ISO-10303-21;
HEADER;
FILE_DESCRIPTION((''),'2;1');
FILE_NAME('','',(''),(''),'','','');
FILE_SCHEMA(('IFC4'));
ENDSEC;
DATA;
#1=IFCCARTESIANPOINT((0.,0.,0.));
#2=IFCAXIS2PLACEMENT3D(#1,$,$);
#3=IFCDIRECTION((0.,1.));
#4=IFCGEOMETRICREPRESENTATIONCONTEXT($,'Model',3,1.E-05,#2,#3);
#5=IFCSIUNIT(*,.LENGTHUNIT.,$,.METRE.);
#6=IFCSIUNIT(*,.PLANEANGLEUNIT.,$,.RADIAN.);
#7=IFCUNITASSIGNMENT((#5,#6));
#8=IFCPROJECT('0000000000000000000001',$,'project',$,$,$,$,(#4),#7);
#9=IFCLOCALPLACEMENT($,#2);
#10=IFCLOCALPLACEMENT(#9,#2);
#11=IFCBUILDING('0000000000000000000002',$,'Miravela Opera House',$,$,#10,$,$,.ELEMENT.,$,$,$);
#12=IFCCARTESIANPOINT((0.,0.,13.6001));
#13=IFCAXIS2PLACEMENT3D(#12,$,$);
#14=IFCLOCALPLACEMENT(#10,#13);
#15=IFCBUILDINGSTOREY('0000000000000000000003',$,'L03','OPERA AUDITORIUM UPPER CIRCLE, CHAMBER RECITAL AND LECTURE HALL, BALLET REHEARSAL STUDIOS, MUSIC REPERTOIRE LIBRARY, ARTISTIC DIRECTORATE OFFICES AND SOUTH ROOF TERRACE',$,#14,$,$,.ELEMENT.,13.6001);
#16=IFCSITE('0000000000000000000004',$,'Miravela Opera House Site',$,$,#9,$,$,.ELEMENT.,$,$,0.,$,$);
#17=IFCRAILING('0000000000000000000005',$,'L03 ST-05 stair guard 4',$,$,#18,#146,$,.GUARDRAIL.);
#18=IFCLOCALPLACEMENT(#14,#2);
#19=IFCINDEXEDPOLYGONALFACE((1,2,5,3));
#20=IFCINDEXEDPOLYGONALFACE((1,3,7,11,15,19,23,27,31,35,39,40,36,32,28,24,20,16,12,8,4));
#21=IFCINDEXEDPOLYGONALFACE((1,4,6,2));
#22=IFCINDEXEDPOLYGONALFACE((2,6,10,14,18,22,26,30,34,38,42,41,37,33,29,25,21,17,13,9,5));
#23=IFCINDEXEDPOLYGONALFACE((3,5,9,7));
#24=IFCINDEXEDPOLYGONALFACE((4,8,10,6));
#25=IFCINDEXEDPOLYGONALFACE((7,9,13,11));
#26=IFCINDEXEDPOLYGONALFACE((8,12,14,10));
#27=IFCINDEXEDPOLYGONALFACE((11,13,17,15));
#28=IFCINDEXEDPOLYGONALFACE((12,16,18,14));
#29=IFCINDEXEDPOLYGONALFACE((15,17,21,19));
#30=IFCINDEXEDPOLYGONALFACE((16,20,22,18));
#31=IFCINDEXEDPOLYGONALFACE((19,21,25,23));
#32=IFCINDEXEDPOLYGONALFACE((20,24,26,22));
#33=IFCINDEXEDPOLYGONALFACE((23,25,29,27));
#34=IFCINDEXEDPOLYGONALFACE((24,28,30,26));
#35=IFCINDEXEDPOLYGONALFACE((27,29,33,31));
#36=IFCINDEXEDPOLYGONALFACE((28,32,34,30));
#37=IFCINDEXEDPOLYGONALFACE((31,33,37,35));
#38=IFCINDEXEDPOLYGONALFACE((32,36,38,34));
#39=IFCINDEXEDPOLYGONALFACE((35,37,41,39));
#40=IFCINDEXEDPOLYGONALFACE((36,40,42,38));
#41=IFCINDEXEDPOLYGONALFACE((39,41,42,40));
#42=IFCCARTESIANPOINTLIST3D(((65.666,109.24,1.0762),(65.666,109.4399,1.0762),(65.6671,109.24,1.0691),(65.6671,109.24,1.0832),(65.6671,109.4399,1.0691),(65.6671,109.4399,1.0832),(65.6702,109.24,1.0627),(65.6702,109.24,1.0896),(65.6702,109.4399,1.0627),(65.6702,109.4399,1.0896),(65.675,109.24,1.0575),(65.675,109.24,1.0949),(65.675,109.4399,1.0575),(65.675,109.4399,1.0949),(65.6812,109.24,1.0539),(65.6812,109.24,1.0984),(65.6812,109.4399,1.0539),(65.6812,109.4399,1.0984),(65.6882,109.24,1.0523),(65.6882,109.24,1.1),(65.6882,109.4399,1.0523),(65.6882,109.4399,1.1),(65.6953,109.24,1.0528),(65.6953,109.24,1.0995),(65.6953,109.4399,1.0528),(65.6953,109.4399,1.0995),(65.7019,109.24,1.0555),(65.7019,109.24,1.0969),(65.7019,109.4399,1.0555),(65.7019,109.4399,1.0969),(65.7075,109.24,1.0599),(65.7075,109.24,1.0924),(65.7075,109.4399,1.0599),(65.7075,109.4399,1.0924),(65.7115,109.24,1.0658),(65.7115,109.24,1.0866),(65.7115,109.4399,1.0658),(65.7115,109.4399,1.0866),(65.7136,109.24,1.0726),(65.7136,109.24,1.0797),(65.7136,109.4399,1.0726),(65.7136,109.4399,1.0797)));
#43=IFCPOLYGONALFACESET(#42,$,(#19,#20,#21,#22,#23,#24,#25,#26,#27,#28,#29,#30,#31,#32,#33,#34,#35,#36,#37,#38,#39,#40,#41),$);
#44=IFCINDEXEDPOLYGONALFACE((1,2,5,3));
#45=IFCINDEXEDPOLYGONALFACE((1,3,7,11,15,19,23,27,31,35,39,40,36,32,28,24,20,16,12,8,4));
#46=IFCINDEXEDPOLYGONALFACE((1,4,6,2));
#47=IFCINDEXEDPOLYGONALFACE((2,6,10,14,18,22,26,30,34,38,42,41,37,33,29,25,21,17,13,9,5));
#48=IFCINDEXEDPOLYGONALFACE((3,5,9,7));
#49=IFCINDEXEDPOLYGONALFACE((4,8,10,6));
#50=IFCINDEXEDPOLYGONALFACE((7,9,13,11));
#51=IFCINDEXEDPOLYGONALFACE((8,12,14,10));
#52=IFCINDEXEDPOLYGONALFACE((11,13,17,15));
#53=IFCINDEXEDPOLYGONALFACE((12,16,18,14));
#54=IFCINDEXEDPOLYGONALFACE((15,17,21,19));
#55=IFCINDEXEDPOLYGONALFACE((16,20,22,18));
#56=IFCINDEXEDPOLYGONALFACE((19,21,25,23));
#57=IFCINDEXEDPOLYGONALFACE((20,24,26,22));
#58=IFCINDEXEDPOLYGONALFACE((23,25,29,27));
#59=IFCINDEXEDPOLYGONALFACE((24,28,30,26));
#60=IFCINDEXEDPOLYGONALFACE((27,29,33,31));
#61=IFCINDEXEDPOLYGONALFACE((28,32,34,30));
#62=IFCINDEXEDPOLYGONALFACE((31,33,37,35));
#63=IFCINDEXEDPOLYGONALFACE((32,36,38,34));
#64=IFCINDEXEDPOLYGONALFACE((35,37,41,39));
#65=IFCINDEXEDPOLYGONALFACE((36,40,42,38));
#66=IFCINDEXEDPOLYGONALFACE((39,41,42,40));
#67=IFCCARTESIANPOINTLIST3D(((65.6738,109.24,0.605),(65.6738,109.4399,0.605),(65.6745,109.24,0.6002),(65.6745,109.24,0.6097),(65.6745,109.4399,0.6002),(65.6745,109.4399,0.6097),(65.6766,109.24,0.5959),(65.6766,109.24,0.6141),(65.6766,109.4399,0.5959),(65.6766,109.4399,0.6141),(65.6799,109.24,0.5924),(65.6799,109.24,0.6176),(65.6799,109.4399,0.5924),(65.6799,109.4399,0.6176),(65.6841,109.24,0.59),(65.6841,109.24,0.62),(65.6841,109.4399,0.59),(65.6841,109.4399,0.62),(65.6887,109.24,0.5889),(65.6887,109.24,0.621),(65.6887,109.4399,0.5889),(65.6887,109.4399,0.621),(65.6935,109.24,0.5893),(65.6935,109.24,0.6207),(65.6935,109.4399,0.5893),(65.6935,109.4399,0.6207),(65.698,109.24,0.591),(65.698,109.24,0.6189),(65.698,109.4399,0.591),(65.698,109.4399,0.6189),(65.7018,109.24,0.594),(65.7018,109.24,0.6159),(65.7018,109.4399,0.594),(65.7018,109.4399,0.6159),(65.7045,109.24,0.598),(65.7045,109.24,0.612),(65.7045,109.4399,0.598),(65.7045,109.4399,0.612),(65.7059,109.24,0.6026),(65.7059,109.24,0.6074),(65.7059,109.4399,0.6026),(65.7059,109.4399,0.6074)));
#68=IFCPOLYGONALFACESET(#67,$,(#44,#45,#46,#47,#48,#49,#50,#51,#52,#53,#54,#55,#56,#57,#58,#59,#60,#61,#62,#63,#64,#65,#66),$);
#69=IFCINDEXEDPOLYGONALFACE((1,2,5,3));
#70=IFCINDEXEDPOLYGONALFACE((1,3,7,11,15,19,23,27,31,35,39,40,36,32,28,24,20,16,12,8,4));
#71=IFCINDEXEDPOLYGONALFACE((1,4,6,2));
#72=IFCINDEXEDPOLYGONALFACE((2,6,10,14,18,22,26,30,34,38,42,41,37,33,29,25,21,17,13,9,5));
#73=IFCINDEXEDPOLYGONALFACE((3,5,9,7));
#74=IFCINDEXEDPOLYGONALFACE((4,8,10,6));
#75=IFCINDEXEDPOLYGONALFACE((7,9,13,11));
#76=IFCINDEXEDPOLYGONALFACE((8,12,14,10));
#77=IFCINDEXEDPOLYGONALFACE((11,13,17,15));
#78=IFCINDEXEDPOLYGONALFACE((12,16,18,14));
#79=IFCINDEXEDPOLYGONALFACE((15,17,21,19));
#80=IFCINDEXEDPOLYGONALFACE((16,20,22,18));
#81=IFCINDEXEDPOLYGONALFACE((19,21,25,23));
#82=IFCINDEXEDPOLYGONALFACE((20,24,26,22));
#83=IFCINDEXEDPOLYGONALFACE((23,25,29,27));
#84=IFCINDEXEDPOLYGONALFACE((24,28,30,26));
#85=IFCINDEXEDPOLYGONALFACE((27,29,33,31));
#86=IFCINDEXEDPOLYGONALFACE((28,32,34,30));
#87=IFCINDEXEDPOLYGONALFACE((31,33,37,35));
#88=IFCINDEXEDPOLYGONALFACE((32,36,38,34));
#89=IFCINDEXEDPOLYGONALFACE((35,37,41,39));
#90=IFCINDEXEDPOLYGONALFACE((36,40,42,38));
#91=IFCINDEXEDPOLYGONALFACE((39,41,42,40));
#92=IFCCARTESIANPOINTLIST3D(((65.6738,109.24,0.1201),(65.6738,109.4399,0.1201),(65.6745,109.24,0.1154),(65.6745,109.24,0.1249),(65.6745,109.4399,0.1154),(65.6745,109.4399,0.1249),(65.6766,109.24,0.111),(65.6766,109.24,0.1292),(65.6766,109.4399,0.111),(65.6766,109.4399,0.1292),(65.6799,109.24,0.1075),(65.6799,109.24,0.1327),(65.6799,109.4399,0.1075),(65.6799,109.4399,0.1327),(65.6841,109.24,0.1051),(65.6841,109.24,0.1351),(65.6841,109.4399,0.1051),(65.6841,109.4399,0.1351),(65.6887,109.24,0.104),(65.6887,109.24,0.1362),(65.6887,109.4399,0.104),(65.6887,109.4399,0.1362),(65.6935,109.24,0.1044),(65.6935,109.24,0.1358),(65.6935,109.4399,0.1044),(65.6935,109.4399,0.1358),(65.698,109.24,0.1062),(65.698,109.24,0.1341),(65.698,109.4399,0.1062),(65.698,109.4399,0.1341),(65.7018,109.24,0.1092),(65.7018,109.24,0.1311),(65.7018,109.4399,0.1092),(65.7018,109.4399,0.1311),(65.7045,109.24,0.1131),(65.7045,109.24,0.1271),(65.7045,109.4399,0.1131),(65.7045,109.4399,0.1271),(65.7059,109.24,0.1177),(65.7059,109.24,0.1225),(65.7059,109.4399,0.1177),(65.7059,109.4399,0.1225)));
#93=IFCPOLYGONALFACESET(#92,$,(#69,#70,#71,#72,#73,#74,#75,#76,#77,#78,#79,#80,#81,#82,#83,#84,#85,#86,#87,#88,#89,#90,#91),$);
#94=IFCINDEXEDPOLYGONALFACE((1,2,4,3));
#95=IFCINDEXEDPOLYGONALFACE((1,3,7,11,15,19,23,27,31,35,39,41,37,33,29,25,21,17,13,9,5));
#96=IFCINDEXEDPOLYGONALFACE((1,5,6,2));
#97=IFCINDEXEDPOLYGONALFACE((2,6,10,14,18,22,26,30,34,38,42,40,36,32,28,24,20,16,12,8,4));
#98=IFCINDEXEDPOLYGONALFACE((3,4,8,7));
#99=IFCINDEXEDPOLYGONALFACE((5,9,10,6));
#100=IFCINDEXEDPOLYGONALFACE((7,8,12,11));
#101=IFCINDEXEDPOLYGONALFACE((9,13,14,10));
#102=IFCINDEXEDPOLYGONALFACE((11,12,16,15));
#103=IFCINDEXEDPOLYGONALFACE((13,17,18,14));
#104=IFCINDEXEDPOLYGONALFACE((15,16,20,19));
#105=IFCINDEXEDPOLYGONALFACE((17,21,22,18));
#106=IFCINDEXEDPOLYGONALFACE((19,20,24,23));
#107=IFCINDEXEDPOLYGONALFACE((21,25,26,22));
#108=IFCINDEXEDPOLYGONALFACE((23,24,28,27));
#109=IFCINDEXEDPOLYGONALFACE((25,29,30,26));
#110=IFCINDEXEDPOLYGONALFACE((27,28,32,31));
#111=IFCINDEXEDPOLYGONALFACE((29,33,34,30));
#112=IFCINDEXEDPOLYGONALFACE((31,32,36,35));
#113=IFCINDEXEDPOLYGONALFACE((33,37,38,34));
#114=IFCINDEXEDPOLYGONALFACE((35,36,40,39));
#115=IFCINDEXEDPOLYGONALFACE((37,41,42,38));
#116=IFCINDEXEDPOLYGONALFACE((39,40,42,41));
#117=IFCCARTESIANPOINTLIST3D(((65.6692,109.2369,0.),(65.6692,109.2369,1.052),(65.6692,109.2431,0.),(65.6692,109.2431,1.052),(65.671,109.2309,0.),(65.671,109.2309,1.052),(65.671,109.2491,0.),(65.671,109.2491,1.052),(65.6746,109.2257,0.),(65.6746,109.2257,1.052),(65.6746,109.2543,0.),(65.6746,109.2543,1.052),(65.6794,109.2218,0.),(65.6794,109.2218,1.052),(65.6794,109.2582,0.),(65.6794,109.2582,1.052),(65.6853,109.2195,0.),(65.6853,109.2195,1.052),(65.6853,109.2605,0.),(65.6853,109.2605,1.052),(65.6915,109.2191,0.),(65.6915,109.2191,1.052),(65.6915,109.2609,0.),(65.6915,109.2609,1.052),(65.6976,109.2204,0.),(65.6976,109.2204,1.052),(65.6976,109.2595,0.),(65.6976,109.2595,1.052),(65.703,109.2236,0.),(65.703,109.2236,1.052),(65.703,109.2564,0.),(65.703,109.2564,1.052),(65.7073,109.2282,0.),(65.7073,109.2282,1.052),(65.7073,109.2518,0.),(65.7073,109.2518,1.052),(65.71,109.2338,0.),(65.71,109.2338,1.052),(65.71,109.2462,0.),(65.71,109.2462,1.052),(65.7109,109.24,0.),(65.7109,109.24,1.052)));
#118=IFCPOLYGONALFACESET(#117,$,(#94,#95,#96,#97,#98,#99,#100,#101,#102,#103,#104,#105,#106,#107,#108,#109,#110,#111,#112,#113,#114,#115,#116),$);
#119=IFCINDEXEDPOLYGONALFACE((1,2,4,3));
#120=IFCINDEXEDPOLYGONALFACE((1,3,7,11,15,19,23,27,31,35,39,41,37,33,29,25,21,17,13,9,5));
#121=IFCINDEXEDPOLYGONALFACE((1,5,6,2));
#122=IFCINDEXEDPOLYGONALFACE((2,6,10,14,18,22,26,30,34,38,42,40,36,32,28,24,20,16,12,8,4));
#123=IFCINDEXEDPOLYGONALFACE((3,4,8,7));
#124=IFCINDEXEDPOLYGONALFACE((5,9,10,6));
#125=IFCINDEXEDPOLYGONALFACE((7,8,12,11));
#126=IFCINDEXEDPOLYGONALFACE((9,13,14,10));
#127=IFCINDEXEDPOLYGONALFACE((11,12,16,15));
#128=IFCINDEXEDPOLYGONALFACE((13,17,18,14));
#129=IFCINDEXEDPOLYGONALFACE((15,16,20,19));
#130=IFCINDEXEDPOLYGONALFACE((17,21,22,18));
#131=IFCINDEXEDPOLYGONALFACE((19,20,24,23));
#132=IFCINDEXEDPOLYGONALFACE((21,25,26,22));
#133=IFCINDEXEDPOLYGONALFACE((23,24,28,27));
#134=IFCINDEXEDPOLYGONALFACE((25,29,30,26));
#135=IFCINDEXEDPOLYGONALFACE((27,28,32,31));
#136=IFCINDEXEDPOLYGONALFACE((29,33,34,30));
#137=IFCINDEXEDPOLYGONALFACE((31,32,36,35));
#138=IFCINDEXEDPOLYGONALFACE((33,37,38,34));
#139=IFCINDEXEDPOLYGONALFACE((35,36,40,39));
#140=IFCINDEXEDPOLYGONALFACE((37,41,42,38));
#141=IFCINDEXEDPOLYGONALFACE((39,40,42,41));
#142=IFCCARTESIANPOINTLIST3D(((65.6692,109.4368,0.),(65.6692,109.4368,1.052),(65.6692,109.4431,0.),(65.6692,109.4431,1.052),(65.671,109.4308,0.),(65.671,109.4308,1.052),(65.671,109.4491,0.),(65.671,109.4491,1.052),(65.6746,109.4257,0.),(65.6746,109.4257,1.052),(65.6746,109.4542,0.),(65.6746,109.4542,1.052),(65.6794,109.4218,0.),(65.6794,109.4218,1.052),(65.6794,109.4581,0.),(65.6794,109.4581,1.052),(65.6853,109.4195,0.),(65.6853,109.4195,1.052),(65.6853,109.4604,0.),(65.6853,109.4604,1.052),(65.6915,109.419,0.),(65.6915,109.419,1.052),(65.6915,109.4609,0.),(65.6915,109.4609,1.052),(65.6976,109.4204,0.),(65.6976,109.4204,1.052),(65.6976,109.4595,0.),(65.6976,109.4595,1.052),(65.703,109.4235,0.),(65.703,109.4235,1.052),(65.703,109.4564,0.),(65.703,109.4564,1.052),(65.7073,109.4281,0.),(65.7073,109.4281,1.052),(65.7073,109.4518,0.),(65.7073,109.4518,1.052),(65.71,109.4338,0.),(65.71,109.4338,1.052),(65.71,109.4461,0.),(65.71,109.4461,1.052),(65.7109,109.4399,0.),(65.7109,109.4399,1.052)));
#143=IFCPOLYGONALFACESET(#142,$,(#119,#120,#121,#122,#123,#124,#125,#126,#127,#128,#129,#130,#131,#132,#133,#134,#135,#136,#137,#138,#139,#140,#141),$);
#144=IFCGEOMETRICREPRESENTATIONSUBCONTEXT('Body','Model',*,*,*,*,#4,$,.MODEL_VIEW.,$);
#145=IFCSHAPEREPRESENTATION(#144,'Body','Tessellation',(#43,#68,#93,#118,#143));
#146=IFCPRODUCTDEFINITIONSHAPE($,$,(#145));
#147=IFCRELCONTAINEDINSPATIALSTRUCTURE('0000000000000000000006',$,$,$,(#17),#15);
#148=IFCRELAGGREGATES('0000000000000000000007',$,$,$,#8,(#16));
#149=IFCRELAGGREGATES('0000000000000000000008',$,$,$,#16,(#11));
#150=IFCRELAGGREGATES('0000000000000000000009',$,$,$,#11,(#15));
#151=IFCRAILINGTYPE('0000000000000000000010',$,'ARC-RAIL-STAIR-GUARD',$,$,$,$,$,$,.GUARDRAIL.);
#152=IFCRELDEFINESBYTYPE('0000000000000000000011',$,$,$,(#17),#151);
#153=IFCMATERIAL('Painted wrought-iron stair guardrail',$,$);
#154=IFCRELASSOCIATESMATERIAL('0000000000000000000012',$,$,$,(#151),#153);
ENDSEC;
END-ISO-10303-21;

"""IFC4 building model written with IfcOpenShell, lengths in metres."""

from ifc_helpers import new_model, si_unit, direction, frame, origin, origin_2d, place, context, subcontext, project, spatial, circle, extrude, material, type_object, element, save


model = new_model("IFC4")

# Units and contexts
model_context = context("Model", 3, precision=1e-05, world=origin(), true_north=direction((0.0, 1.0)))
body_context = subcontext(model_context, "Body", "Model", "MODEL_VIEW")
ifc_project = project(units=[si_unit("LENGTHUNIT", "METRE"), si_unit("PLANEANGLEUNIT", "RADIAN")], contexts=[model_context])

# Site, building, storey
site_placement = place(None, origin())
site = spatial("IfcSite", under=ifc_project, at=site_placement, Name="Miravela Opera House Site", CompositionType="ELEMENT", RefElevation=0.0)
building_placement = place(site_placement, origin())
building = spatial("IfcBuilding", under=site, at=building_placement, Name="Miravela Opera House", CompositionType="ELEMENT")
storey_placement = place(building_placement, frame((0.0, 0.0, 13.6001)))
storey = spatial("IfcBuildingStorey", under=building, at=storey_placement, Name="L03", Description="OPERA AUDITORIUM UPPER CIRCLE, CHAMBER RECITAL AND LECTURE HALL, BALLET REHEARSAL STUDIOS, MUSIC REPERTOIRE LIBRARY, ARTISTIC DIRECTORATE OFFICES AND SOUTH ROOF TERRACE", CompositionType="ELEMENT", Elevation=13.6001)

# Railing
ifc_material_1 = material(Name="Painted wrought-iron stair guardrail")
railing_type_1 = type_object("IfcRailingType", Name="ARC-RAIL-STAIR-GUARD", PredefinedType="GUARDRAIL", material=ifc_material_1)
railing_1_placement = place(storey_placement, frame((65.6899, 109.24, 0.0)))
element("IfcRailing", 1, at=railing_1_placement, inside=storey, type_object=railing_type_1, Name="L03 ST-05 stair guard 4", PredefinedType="GUARDRAIL", context=body_context, shape_type="SweptSolid", body=[
    extrude(circle(Radius=0.0239, at=origin_2d()), frame((0.0, 0.0, 1.0762), z_axis=(0.0, 1.0, 0.0), x_axis=(-1.0, 0.0, 0.0)), (0.0, 0.0, 1.0), 0.2),
    extrude(circle(Radius=0.0161, at=origin_2d()), frame((0.0, 0.0, 0.605), z_axis=(0.0, 1.0, 0.0), x_axis=(-1.0, 0.0, 0.0)), (0.0, 0.0, 1.0), 0.2),
    extrude(circle(Radius=0.0161, at=origin_2d()), frame((0.0, 0.0, 0.1201), z_axis=(0.0, 1.0, 0.0), x_axis=(-1.0, 0.0, 0.0)), (0.0, 0.0, 1.0), 0.2),
    extrude(circle(Radius=0.021, at=origin_2d()), origin(), (0.0, 0.0, 1.0), 1.052),
    extrude(circle(Radius=0.021, at=origin_2d()), frame((0.0, 0.2, 0.0)), (0.0, 0.0, 1.0), 1.052),
])

save(model, "model.ifc")
